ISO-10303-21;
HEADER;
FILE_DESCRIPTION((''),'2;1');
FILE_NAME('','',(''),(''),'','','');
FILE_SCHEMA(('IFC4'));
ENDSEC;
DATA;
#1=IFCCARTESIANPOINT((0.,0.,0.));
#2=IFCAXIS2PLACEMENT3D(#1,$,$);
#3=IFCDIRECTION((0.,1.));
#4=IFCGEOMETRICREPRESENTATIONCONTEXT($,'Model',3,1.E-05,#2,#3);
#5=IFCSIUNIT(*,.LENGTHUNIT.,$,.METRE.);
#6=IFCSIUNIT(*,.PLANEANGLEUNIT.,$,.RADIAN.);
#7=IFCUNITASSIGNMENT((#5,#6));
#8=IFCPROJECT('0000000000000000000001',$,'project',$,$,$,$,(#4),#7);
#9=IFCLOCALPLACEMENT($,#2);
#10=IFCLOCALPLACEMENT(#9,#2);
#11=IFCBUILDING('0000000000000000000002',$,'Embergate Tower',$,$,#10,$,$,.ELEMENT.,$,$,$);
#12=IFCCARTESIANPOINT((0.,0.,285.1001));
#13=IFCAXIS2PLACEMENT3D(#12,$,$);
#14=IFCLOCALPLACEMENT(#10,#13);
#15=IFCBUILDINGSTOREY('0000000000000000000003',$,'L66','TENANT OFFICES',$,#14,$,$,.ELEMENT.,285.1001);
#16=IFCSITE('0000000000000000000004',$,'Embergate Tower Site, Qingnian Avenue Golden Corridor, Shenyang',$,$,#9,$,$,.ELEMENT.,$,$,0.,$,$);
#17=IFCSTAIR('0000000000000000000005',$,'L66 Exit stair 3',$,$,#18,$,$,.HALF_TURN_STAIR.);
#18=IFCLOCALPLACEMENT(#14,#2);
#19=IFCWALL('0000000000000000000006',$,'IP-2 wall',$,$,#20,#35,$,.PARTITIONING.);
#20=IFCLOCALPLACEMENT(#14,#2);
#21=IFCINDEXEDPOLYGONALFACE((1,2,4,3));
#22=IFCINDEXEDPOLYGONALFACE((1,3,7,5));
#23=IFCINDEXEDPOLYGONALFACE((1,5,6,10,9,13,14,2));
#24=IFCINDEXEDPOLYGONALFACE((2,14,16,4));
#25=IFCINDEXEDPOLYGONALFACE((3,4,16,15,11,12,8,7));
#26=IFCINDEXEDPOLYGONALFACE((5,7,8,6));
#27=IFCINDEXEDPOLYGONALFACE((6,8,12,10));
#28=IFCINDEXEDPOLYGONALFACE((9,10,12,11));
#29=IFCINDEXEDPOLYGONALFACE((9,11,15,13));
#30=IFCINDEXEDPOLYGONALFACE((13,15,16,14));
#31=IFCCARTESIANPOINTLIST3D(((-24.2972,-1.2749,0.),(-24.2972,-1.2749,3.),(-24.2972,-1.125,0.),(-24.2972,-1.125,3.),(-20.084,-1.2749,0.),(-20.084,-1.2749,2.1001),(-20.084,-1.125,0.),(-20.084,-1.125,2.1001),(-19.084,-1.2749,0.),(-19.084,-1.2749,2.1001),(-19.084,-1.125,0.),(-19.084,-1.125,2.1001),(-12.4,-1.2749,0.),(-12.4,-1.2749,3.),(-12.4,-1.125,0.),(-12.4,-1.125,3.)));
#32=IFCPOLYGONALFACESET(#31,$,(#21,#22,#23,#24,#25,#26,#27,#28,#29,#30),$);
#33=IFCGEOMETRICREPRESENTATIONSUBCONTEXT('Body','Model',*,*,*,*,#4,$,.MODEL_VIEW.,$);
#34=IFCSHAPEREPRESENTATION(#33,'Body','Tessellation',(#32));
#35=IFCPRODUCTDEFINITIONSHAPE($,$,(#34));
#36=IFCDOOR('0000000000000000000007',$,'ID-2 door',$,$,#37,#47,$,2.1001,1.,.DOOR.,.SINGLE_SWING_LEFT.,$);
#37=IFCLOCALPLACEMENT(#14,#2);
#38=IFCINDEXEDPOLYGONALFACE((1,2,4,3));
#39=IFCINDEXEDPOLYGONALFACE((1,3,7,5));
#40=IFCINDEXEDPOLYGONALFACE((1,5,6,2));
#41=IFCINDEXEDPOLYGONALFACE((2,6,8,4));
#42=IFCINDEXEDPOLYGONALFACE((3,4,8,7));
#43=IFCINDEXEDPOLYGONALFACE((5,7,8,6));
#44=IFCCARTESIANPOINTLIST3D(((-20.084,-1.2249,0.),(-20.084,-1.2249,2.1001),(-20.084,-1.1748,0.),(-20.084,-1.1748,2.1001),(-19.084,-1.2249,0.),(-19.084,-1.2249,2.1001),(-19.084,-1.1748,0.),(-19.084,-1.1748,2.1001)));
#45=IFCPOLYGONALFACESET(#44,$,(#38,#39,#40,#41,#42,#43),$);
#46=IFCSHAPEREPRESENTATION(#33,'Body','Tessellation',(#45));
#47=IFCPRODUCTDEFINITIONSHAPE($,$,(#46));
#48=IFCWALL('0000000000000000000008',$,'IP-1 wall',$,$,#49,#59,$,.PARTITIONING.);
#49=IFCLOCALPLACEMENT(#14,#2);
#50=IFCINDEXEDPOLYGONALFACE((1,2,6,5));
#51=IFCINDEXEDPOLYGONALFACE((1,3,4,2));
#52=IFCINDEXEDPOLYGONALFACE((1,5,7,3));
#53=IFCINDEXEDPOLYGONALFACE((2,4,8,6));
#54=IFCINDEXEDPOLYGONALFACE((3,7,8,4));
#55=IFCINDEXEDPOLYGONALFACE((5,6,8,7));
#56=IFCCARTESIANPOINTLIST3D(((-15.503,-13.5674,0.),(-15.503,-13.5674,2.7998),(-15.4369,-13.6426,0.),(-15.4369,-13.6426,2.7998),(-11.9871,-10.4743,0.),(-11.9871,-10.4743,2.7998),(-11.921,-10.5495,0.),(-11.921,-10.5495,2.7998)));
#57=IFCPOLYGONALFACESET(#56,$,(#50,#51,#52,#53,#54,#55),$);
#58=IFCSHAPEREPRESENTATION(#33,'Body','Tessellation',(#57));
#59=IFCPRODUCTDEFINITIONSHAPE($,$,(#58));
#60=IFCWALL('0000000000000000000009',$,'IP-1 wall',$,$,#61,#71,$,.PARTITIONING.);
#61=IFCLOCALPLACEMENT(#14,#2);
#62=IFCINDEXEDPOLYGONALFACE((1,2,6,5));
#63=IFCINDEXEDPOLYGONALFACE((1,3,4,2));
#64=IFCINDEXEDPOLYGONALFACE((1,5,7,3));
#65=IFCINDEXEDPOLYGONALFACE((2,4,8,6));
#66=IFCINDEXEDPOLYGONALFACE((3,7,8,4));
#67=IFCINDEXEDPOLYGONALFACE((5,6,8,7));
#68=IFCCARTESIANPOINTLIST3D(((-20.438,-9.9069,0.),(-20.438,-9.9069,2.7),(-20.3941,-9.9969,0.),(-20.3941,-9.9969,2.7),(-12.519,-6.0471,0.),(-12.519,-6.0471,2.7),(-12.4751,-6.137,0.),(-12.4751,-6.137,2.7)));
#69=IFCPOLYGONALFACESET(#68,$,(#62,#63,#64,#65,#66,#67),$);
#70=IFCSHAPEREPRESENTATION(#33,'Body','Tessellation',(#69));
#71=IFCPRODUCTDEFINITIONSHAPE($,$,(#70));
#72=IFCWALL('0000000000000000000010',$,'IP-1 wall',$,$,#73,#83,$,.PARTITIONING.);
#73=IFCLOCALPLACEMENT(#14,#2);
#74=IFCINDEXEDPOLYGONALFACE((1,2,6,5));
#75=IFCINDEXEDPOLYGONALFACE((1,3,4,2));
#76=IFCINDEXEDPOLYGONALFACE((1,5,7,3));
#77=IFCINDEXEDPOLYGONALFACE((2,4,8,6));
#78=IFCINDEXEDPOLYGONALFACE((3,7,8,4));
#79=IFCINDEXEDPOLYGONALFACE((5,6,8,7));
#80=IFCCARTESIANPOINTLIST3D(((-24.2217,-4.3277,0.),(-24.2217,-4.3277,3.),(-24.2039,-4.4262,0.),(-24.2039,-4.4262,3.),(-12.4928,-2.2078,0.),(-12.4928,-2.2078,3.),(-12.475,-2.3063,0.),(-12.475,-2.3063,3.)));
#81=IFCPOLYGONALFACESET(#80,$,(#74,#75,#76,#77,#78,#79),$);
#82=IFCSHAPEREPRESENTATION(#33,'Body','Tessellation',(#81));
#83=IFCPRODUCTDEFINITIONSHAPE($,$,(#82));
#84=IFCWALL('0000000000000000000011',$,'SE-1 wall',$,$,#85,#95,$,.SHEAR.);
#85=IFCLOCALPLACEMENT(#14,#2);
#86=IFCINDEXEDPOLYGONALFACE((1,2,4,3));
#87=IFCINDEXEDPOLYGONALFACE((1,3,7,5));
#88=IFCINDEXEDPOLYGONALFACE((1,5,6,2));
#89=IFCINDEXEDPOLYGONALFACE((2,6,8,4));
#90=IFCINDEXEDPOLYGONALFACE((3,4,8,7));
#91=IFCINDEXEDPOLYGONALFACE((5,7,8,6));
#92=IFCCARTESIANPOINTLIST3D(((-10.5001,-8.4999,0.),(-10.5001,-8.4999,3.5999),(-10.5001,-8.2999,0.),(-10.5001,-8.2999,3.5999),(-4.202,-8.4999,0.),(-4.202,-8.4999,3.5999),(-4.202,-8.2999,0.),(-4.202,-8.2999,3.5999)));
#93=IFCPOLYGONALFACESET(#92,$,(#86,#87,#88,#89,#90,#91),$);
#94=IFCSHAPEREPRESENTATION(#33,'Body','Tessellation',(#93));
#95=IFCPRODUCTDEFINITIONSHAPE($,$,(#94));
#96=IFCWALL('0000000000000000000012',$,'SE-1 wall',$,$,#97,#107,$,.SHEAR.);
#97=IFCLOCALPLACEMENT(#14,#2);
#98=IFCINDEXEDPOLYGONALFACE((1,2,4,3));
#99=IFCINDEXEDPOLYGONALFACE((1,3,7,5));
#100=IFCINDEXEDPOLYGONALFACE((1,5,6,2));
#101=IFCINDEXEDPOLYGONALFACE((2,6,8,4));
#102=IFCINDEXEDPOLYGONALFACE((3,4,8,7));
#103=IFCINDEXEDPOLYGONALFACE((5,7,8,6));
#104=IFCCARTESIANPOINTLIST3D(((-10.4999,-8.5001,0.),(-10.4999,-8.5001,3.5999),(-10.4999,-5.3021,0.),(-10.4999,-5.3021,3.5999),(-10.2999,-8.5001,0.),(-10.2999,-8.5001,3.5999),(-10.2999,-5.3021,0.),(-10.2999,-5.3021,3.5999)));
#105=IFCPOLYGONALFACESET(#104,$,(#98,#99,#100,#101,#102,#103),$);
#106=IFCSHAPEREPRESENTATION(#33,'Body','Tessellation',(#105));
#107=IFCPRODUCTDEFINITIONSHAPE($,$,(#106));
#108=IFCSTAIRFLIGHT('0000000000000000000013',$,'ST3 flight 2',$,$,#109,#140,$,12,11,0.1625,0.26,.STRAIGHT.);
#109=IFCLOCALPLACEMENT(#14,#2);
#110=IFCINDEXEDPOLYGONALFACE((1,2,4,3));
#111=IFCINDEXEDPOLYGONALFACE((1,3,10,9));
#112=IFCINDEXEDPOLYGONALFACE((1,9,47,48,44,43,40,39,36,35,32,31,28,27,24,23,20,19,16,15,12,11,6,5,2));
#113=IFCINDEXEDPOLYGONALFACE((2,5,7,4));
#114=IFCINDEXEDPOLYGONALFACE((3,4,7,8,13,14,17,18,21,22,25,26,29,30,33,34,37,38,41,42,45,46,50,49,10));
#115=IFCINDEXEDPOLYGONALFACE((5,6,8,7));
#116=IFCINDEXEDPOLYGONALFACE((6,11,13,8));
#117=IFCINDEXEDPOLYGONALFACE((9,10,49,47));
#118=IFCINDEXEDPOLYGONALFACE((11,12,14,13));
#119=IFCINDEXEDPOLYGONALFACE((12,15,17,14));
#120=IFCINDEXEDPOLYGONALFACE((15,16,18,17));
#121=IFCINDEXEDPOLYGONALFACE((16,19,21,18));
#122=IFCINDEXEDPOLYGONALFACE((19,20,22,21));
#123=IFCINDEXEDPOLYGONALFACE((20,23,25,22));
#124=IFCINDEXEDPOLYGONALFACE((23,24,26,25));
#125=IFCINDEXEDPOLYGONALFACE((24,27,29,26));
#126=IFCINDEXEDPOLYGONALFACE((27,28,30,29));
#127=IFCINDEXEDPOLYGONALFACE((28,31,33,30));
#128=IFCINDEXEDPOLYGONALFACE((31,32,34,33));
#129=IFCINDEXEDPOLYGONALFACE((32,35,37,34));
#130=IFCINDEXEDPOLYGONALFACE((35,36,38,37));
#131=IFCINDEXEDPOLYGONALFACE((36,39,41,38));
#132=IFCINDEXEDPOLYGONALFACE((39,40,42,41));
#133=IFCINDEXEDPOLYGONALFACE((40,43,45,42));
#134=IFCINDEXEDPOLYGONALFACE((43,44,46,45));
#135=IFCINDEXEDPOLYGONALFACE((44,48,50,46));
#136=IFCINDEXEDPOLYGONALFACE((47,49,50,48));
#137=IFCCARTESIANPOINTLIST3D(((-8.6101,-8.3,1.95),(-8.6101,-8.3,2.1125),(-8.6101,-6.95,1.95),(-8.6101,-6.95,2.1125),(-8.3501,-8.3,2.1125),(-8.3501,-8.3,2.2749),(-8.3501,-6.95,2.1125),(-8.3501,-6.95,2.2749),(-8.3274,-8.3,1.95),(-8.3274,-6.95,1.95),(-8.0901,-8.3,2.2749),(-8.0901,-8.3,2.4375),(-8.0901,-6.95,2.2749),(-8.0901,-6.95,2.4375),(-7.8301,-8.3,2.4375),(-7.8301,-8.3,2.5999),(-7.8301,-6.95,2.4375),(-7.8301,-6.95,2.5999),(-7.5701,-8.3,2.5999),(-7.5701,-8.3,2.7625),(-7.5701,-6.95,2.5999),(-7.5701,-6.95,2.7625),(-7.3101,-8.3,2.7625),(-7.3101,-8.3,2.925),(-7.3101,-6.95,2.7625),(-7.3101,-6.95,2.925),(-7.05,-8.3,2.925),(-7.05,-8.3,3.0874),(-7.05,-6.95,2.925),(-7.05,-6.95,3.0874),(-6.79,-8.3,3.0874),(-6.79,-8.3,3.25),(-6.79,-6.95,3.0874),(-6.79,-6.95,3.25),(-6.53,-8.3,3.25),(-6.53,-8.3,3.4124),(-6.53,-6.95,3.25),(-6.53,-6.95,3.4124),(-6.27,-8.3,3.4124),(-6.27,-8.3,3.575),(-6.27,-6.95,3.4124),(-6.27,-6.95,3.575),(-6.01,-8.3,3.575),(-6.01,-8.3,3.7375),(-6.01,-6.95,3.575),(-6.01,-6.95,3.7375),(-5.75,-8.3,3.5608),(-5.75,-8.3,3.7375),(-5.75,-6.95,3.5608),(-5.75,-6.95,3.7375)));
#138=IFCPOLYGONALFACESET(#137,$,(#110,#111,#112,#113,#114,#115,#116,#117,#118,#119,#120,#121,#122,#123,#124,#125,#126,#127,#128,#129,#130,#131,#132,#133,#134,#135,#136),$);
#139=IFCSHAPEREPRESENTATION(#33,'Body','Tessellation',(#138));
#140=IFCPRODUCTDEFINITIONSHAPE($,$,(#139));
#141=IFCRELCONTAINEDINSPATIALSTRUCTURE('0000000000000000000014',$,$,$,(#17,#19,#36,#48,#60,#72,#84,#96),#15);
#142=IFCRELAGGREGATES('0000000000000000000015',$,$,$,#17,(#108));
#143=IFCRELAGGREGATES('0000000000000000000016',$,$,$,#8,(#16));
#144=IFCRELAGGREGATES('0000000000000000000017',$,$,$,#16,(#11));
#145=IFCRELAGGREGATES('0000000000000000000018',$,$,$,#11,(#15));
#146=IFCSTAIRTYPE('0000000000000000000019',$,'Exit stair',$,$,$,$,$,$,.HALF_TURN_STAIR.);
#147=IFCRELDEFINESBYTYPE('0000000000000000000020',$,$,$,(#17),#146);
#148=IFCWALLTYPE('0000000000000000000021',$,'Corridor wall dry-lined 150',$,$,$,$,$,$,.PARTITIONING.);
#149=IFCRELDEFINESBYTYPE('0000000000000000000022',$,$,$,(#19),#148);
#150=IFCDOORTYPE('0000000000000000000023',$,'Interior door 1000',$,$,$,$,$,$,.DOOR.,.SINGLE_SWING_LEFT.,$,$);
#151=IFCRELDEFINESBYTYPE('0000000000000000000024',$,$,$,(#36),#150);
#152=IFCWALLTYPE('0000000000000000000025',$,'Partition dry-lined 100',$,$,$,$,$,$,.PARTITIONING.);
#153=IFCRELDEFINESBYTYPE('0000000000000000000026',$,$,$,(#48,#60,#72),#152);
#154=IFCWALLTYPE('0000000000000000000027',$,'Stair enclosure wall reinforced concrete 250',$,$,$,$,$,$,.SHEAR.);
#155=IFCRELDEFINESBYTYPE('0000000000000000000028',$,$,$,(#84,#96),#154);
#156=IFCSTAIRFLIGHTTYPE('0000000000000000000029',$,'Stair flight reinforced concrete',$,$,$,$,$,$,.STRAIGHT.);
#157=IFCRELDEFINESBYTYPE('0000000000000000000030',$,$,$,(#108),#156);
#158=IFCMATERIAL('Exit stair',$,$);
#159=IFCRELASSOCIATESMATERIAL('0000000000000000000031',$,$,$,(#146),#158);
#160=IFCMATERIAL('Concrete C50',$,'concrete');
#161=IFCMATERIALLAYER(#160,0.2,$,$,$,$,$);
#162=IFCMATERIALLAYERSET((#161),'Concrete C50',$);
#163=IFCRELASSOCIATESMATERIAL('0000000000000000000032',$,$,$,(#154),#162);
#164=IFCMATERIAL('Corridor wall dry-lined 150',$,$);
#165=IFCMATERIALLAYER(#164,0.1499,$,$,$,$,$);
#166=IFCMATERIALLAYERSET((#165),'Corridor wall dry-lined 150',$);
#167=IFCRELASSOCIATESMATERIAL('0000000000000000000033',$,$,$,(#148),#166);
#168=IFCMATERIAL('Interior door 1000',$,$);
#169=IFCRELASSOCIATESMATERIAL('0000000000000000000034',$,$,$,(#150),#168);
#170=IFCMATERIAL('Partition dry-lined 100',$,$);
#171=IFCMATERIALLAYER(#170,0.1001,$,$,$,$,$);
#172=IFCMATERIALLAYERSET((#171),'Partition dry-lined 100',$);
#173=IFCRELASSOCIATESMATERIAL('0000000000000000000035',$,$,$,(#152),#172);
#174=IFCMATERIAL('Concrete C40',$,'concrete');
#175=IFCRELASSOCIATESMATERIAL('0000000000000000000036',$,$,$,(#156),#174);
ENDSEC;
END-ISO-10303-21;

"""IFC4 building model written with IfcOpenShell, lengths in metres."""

from ifc_helpers import new_model, si_unit, direction, frame, frame_2d, origin, place, context, subcontext, project, spatial, polyline, rectangle, outline, extrude, source, transform, mapped, material, layer, layer_set, type_object, element, fill, aggregate, save


model = new_model("IFC4")

# Units and contexts
model_context = context("Model", 3, precision=1e-05, world=origin(), true_north=direction((0.0, 1.0)))
body_context = subcontext(model_context, "Body", "Model", "MODEL_VIEW")
ifc_project = project(units=[si_unit("LENGTHUNIT", "METRE"), si_unit("PLANEANGLEUNIT", "RADIAN")], contexts=[model_context])

# Site, building, storey
site_placement = place(None, origin())
site = spatial("IfcSite", under=ifc_project, at=site_placement, Name="Embergate Tower Site, Qingnian Avenue Golden Corridor, Shenyang", CompositionType="ELEMENT", RefElevation=0.0)
building_placement = place(site_placement, origin())
building = spatial("IfcBuilding", under=site, at=building_placement, Name="Embergate Tower", CompositionType="ELEMENT")
storey_placement = place(building_placement, frame((0.0, 0.0, 285.1001)))
storey = spatial("IfcBuildingStorey", under=building, at=storey_placement, Name="L66", Description="TENANT OFFICES", CompositionType="ELEMENT", Elevation=285.1001)

# Stair
ifc_material_1 = material(Name="Exit stair")
stair_type = type_object("IfcStairType", Name="Exit stair", PredefinedType="HALF_TURN_STAIR", material=ifc_material_1)
stair_placement = place(storey_placement, origin())
stair = element("IfcStair", 1, at=stair_placement, inside=storey, type_object=stair_type, Name="L66 Exit stair 3", PredefinedType="HALF_TURN_STAIR")
ifc_material_2 = material(Name="Concrete C40", Category="concrete")

# Shared definitions
ifc_material_3 = material(Name="Concrete C50", Category="concrete")

# Shared definitions
ifc_layer_1 = layer(ifc_material_3, 0.2)
ifc_layer_set_1 = layer_set([ifc_layer_1], Name="Concrete C50")
wall_type_1 = type_object("IfcWallType", Name="Stair enclosure wall reinforced concrete 250", PredefinedType="SHEAR", material=ifc_layer_set_1)
ifc_material_4 = material(Name="Corridor wall dry-lined 150")
ifc_layer_2 = layer(ifc_material_4, 0.1499)
ifc_layer_set_2 = layer_set([ifc_layer_2], Name="Corridor wall dry-lined 150")
wall_type_2 = type_object("IfcWallType", Name="Corridor wall dry-lined 150", PredefinedType="PARTITIONING", material=ifc_layer_set_2)

# Wall, opening, door
shared_shape_1 = source(origin(), body_context, "Body", "SweptSolid", [
    extrude(rectangle(XDim=11.8972, YDim=0.1499, at=frame_2d((5.9487, 0.0))), origin(), (0.0, 0.0, 1.0), 3.0),
])
wall_1_placement = place(storey_placement, frame((-12.3999, -1.2, 0.0), z_axis=(0.0, 0.0, 1.0), x_axis=(-1.0, 0.0, 0.0)))
wall_1 = element("IfcWall", 2, at=wall_1_placement, inside=storey, type_object=wall_type_2, Name="IP-2 wall", PredefinedType="PARTITIONING", context=body_context, shape_type="MappedRepresentation", body=[
    mapped(shared_shape_1, transform((0.0, 0.0, 0.0))),
])
shared_shape_2 = source(origin(), body_context, "Body", "SweptSolid", [
    extrude(rectangle(XDim=1.0, YDim=2.1001, at=frame_2d((0.5, 1.05))), frame((0.0, 0.085, 0.0), z_axis=(0.0, -1.0, 0.0), x_axis=(1.0, 0.0, 0.0)), (0.0, 0.0, 1.0), 0.1699),
])
opening_1_placement = place(wall_1_placement, frame((6.6841, 0.0, 0.0)))
opening_1 = element("IfcOpeningElement", 3, at=opening_1_placement, cuts=wall_1, PredefinedType="OPENING", context=body_context, shape_type="MappedRepresentation", body=[
    mapped(shared_shape_2, transform((0.0, 0.0, 0.0))),
])
ifc_material_5 = material(Name="Interior door 1000")
door_type_1 = type_object("IfcDoorType", Name="Interior door 1000", OperationType="SINGLE_SWING_LEFT", PredefinedType="DOOR", material=ifc_material_5)
shared_shape_3 = source(origin(), body_context, "Body", "SweptSolid", [
    extrude(rectangle(XDim=1.0, YDim=2.1001, at=frame_2d((0.5, 1.05))), frame((0.0, 0.0249, 0.0), z_axis=(0.0, -1.0, 0.0), x_axis=(1.0, 0.0, 0.0)), (0.0, 0.0, 1.0), 0.05),
])
door_1_placement = place(opening_1_placement, origin())
door_1 = element("IfcDoor", 4, at=door_1_placement, inside=storey, type_object=door_type_1, Name="ID-2 door", OperationType="SINGLE_SWING_LEFT", OverallHeight=2.1001, OverallWidth=1.0, PredefinedType="DOOR", context=body_context, shape_type="MappedRepresentation", body=[
    mapped(shared_shape_3, transform((0.0, 0.0, 0.0))),
])
fill(opening_1, door_1)

# Walls
ifc_material_6 = material(Name="Partition dry-lined 100")
ifc_layer_3 = layer(ifc_material_6, 0.1001)
ifc_layer_set_3 = layer_set([ifc_layer_3], Name="Partition dry-lined 100")
wall_type_3 = type_object("IfcWallType", Name="Partition dry-lined 100", PredefinedType="PARTITIONING", material=ifc_layer_set_3)
shared_shape_4 = source(origin(), body_context, "Body", "SweptSolid", [
    extrude(rectangle(XDim=4.6829, YDim=0.1001, at=frame_2d((2.3413, 0.0))), origin(), (0.0, 0.0, 1.0), 2.7998),
])
wall_2_placement = place(storey_placement, frame((-11.9541, -10.512, 0.0), z_axis=(0.0, 0.0, 1.0), x_axis=(-0.750814, -0.660514, 0.0)))
element("IfcWall", 5, at=wall_2_placement, inside=storey, type_object=wall_type_3, Name="IP-1 wall", PredefinedType="PARTITIONING", context=body_context, shape_type="MappedRepresentation", body=[
    mapped(shared_shape_4, transform((0.0, 0.0, 0.0))),
])
shared_shape_5 = source(origin(), body_context, "Body", "SweptSolid", [
    extrude(rectangle(XDim=8.8096, YDim=0.1001, at=frame_2d((4.4048, 0.0))), origin(), (0.0, 0.0, 1.0), 2.7),
])
wall_3_placement = place(storey_placement, frame((-12.4971, -6.092, 0.0), z_axis=(0.0, 0.0, 1.0), x_axis=(-0.898904, -0.438145, 0.0)))
element("IfcWall", 6, at=wall_3_placement, inside=storey, type_object=wall_type_3, Name="IP-1 wall", PredefinedType="PARTITIONING", context=body_context, shape_type="MappedRepresentation", body=[
    mapped(shared_shape_5, transform((0.0, 0.0, 0.0))),
])
shared_shape_6 = source(origin(), body_context, "Body", "SweptSolid", [
    extrude(rectangle(XDim=11.9189, YDim=0.1001, at=frame_2d((5.9595, 0.0))), origin(), (0.0, 0.0, 1.0), 3.0),
])
wall_4_placement = place(storey_placement, frame((-12.4839, -2.2571, 0.0), z_axis=(0.0, 0.0, 1.0), x_axis=(-0.984057, -0.177856, 0.0)))
element("IfcWall", 7, at=wall_4_placement, inside=storey, type_object=wall_type_3, Name="IP-1 wall", PredefinedType="PARTITIONING", context=body_context, shape_type="MappedRepresentation", body=[
    mapped(shared_shape_6, transform((0.0, 0.0, 0.0))),
])
shared_shape_7 = source(origin(), body_context, "Body", "SweptSolid", [
    extrude(rectangle(XDim=6.2981, YDim=0.2, at=frame_2d((3.1489, 0.0))), origin(), (0.0, 0.0, 1.0), 3.5999),
])
wall_5_placement = place(storey_placement, frame((-10.5, -8.3999, 0.0), z_axis=(0.0, 0.0, 1.0), x_axis=(1.0, 0.0, 0.0)))
element("IfcWall", 8, at=wall_5_placement, inside=storey, type_object=wall_type_1, Name="SE-1 wall", PredefinedType="SHEAR", context=body_context, shape_type="MappedRepresentation", body=[
    mapped(shared_shape_7, transform((0.0, 0.0, 0.0))),
])
shared_shape_8 = source(origin(), body_context, "Body", "SweptSolid", [
    extrude(rectangle(XDim=3.198, YDim=0.2, at=frame_2d((1.5991, 0.0))), origin(), (0.0, 0.0, 1.0), 3.5999),
])
wall_6_placement = place(storey_placement, frame((-10.3999, -5.302, 0.0), z_axis=(0.0, 0.0, 1.0), x_axis=(0.0, -1.0, 0.0)))
element("IfcWall", 9, at=wall_6_placement, inside=storey, type_object=wall_type_1, Name="SE-1 wall", PredefinedType="SHEAR", context=body_context, shape_type="MappedRepresentation", body=[
    mapped(shared_shape_8, transform((0.0, 0.0, 0.0))),
])

# Stair flight
stair_flight_type = type_object("IfcStairFlightType", Name="Stair flight reinforced concrete", PredefinedType="STRAIGHT", material=ifc_material_2)
shared_shape_9 = source(origin(), body_context, "Body", "SweptSolid", [
    extrude(outline(polyline([(0.0, 0.0), (0.0, 0.1626), (0.26, 0.1626), (0.26, 0.325), (0.52, 0.325), (0.52, 0.4875), (0.78, 0.4875), (0.78, 0.6499), (1.04, 0.6499), (1.04, 0.8125), (1.3, 0.8125), (1.3, 0.9751), (1.5601, 0.9751), (1.5601, 1.1375), (1.8201, 1.1375), (1.8201, 1.3), (2.0801, 1.3), (2.0801, 1.4624), (2.3401, 1.4624), (2.3401, 1.625), (2.6001, 1.625), (2.6001, 1.7876), (2.8601, 1.7876), (2.8601, 1.95), (2.8601, 1.6108), (0.2827, 0.0), (0.0, 0.0)])), frame((0.0, 0.675, 0.0), z_axis=(0.0, -1.0, 0.0), x_axis=(1.0, 0.0, 0.0)), (0.0, 0.0, 1.0), 1.3501),
])
stair_flight_placement = place(storey_placement, frame((-8.6101, -7.625, 1.95), z_axis=(0.0, 0.0, 1.0), x_axis=(1.0, 0.0, 0.0)))
stair_flight = element("IfcStairFlight", 10, at=stair_flight_placement, type_object=stair_flight_type, Name="ST3 flight 2", NumberOfRisers=12, NumberOfTreads=11, PredefinedType="STRAIGHT", RiserHeight=0.1625, TreadLength=0.26, context=body_context, shape_type="MappedRepresentation", body=[
    mapped(shared_shape_9, transform((0.0, 0.0, 0.0))),
])
aggregate(stair, [stair_flight])

save(model, "model.ifc")
